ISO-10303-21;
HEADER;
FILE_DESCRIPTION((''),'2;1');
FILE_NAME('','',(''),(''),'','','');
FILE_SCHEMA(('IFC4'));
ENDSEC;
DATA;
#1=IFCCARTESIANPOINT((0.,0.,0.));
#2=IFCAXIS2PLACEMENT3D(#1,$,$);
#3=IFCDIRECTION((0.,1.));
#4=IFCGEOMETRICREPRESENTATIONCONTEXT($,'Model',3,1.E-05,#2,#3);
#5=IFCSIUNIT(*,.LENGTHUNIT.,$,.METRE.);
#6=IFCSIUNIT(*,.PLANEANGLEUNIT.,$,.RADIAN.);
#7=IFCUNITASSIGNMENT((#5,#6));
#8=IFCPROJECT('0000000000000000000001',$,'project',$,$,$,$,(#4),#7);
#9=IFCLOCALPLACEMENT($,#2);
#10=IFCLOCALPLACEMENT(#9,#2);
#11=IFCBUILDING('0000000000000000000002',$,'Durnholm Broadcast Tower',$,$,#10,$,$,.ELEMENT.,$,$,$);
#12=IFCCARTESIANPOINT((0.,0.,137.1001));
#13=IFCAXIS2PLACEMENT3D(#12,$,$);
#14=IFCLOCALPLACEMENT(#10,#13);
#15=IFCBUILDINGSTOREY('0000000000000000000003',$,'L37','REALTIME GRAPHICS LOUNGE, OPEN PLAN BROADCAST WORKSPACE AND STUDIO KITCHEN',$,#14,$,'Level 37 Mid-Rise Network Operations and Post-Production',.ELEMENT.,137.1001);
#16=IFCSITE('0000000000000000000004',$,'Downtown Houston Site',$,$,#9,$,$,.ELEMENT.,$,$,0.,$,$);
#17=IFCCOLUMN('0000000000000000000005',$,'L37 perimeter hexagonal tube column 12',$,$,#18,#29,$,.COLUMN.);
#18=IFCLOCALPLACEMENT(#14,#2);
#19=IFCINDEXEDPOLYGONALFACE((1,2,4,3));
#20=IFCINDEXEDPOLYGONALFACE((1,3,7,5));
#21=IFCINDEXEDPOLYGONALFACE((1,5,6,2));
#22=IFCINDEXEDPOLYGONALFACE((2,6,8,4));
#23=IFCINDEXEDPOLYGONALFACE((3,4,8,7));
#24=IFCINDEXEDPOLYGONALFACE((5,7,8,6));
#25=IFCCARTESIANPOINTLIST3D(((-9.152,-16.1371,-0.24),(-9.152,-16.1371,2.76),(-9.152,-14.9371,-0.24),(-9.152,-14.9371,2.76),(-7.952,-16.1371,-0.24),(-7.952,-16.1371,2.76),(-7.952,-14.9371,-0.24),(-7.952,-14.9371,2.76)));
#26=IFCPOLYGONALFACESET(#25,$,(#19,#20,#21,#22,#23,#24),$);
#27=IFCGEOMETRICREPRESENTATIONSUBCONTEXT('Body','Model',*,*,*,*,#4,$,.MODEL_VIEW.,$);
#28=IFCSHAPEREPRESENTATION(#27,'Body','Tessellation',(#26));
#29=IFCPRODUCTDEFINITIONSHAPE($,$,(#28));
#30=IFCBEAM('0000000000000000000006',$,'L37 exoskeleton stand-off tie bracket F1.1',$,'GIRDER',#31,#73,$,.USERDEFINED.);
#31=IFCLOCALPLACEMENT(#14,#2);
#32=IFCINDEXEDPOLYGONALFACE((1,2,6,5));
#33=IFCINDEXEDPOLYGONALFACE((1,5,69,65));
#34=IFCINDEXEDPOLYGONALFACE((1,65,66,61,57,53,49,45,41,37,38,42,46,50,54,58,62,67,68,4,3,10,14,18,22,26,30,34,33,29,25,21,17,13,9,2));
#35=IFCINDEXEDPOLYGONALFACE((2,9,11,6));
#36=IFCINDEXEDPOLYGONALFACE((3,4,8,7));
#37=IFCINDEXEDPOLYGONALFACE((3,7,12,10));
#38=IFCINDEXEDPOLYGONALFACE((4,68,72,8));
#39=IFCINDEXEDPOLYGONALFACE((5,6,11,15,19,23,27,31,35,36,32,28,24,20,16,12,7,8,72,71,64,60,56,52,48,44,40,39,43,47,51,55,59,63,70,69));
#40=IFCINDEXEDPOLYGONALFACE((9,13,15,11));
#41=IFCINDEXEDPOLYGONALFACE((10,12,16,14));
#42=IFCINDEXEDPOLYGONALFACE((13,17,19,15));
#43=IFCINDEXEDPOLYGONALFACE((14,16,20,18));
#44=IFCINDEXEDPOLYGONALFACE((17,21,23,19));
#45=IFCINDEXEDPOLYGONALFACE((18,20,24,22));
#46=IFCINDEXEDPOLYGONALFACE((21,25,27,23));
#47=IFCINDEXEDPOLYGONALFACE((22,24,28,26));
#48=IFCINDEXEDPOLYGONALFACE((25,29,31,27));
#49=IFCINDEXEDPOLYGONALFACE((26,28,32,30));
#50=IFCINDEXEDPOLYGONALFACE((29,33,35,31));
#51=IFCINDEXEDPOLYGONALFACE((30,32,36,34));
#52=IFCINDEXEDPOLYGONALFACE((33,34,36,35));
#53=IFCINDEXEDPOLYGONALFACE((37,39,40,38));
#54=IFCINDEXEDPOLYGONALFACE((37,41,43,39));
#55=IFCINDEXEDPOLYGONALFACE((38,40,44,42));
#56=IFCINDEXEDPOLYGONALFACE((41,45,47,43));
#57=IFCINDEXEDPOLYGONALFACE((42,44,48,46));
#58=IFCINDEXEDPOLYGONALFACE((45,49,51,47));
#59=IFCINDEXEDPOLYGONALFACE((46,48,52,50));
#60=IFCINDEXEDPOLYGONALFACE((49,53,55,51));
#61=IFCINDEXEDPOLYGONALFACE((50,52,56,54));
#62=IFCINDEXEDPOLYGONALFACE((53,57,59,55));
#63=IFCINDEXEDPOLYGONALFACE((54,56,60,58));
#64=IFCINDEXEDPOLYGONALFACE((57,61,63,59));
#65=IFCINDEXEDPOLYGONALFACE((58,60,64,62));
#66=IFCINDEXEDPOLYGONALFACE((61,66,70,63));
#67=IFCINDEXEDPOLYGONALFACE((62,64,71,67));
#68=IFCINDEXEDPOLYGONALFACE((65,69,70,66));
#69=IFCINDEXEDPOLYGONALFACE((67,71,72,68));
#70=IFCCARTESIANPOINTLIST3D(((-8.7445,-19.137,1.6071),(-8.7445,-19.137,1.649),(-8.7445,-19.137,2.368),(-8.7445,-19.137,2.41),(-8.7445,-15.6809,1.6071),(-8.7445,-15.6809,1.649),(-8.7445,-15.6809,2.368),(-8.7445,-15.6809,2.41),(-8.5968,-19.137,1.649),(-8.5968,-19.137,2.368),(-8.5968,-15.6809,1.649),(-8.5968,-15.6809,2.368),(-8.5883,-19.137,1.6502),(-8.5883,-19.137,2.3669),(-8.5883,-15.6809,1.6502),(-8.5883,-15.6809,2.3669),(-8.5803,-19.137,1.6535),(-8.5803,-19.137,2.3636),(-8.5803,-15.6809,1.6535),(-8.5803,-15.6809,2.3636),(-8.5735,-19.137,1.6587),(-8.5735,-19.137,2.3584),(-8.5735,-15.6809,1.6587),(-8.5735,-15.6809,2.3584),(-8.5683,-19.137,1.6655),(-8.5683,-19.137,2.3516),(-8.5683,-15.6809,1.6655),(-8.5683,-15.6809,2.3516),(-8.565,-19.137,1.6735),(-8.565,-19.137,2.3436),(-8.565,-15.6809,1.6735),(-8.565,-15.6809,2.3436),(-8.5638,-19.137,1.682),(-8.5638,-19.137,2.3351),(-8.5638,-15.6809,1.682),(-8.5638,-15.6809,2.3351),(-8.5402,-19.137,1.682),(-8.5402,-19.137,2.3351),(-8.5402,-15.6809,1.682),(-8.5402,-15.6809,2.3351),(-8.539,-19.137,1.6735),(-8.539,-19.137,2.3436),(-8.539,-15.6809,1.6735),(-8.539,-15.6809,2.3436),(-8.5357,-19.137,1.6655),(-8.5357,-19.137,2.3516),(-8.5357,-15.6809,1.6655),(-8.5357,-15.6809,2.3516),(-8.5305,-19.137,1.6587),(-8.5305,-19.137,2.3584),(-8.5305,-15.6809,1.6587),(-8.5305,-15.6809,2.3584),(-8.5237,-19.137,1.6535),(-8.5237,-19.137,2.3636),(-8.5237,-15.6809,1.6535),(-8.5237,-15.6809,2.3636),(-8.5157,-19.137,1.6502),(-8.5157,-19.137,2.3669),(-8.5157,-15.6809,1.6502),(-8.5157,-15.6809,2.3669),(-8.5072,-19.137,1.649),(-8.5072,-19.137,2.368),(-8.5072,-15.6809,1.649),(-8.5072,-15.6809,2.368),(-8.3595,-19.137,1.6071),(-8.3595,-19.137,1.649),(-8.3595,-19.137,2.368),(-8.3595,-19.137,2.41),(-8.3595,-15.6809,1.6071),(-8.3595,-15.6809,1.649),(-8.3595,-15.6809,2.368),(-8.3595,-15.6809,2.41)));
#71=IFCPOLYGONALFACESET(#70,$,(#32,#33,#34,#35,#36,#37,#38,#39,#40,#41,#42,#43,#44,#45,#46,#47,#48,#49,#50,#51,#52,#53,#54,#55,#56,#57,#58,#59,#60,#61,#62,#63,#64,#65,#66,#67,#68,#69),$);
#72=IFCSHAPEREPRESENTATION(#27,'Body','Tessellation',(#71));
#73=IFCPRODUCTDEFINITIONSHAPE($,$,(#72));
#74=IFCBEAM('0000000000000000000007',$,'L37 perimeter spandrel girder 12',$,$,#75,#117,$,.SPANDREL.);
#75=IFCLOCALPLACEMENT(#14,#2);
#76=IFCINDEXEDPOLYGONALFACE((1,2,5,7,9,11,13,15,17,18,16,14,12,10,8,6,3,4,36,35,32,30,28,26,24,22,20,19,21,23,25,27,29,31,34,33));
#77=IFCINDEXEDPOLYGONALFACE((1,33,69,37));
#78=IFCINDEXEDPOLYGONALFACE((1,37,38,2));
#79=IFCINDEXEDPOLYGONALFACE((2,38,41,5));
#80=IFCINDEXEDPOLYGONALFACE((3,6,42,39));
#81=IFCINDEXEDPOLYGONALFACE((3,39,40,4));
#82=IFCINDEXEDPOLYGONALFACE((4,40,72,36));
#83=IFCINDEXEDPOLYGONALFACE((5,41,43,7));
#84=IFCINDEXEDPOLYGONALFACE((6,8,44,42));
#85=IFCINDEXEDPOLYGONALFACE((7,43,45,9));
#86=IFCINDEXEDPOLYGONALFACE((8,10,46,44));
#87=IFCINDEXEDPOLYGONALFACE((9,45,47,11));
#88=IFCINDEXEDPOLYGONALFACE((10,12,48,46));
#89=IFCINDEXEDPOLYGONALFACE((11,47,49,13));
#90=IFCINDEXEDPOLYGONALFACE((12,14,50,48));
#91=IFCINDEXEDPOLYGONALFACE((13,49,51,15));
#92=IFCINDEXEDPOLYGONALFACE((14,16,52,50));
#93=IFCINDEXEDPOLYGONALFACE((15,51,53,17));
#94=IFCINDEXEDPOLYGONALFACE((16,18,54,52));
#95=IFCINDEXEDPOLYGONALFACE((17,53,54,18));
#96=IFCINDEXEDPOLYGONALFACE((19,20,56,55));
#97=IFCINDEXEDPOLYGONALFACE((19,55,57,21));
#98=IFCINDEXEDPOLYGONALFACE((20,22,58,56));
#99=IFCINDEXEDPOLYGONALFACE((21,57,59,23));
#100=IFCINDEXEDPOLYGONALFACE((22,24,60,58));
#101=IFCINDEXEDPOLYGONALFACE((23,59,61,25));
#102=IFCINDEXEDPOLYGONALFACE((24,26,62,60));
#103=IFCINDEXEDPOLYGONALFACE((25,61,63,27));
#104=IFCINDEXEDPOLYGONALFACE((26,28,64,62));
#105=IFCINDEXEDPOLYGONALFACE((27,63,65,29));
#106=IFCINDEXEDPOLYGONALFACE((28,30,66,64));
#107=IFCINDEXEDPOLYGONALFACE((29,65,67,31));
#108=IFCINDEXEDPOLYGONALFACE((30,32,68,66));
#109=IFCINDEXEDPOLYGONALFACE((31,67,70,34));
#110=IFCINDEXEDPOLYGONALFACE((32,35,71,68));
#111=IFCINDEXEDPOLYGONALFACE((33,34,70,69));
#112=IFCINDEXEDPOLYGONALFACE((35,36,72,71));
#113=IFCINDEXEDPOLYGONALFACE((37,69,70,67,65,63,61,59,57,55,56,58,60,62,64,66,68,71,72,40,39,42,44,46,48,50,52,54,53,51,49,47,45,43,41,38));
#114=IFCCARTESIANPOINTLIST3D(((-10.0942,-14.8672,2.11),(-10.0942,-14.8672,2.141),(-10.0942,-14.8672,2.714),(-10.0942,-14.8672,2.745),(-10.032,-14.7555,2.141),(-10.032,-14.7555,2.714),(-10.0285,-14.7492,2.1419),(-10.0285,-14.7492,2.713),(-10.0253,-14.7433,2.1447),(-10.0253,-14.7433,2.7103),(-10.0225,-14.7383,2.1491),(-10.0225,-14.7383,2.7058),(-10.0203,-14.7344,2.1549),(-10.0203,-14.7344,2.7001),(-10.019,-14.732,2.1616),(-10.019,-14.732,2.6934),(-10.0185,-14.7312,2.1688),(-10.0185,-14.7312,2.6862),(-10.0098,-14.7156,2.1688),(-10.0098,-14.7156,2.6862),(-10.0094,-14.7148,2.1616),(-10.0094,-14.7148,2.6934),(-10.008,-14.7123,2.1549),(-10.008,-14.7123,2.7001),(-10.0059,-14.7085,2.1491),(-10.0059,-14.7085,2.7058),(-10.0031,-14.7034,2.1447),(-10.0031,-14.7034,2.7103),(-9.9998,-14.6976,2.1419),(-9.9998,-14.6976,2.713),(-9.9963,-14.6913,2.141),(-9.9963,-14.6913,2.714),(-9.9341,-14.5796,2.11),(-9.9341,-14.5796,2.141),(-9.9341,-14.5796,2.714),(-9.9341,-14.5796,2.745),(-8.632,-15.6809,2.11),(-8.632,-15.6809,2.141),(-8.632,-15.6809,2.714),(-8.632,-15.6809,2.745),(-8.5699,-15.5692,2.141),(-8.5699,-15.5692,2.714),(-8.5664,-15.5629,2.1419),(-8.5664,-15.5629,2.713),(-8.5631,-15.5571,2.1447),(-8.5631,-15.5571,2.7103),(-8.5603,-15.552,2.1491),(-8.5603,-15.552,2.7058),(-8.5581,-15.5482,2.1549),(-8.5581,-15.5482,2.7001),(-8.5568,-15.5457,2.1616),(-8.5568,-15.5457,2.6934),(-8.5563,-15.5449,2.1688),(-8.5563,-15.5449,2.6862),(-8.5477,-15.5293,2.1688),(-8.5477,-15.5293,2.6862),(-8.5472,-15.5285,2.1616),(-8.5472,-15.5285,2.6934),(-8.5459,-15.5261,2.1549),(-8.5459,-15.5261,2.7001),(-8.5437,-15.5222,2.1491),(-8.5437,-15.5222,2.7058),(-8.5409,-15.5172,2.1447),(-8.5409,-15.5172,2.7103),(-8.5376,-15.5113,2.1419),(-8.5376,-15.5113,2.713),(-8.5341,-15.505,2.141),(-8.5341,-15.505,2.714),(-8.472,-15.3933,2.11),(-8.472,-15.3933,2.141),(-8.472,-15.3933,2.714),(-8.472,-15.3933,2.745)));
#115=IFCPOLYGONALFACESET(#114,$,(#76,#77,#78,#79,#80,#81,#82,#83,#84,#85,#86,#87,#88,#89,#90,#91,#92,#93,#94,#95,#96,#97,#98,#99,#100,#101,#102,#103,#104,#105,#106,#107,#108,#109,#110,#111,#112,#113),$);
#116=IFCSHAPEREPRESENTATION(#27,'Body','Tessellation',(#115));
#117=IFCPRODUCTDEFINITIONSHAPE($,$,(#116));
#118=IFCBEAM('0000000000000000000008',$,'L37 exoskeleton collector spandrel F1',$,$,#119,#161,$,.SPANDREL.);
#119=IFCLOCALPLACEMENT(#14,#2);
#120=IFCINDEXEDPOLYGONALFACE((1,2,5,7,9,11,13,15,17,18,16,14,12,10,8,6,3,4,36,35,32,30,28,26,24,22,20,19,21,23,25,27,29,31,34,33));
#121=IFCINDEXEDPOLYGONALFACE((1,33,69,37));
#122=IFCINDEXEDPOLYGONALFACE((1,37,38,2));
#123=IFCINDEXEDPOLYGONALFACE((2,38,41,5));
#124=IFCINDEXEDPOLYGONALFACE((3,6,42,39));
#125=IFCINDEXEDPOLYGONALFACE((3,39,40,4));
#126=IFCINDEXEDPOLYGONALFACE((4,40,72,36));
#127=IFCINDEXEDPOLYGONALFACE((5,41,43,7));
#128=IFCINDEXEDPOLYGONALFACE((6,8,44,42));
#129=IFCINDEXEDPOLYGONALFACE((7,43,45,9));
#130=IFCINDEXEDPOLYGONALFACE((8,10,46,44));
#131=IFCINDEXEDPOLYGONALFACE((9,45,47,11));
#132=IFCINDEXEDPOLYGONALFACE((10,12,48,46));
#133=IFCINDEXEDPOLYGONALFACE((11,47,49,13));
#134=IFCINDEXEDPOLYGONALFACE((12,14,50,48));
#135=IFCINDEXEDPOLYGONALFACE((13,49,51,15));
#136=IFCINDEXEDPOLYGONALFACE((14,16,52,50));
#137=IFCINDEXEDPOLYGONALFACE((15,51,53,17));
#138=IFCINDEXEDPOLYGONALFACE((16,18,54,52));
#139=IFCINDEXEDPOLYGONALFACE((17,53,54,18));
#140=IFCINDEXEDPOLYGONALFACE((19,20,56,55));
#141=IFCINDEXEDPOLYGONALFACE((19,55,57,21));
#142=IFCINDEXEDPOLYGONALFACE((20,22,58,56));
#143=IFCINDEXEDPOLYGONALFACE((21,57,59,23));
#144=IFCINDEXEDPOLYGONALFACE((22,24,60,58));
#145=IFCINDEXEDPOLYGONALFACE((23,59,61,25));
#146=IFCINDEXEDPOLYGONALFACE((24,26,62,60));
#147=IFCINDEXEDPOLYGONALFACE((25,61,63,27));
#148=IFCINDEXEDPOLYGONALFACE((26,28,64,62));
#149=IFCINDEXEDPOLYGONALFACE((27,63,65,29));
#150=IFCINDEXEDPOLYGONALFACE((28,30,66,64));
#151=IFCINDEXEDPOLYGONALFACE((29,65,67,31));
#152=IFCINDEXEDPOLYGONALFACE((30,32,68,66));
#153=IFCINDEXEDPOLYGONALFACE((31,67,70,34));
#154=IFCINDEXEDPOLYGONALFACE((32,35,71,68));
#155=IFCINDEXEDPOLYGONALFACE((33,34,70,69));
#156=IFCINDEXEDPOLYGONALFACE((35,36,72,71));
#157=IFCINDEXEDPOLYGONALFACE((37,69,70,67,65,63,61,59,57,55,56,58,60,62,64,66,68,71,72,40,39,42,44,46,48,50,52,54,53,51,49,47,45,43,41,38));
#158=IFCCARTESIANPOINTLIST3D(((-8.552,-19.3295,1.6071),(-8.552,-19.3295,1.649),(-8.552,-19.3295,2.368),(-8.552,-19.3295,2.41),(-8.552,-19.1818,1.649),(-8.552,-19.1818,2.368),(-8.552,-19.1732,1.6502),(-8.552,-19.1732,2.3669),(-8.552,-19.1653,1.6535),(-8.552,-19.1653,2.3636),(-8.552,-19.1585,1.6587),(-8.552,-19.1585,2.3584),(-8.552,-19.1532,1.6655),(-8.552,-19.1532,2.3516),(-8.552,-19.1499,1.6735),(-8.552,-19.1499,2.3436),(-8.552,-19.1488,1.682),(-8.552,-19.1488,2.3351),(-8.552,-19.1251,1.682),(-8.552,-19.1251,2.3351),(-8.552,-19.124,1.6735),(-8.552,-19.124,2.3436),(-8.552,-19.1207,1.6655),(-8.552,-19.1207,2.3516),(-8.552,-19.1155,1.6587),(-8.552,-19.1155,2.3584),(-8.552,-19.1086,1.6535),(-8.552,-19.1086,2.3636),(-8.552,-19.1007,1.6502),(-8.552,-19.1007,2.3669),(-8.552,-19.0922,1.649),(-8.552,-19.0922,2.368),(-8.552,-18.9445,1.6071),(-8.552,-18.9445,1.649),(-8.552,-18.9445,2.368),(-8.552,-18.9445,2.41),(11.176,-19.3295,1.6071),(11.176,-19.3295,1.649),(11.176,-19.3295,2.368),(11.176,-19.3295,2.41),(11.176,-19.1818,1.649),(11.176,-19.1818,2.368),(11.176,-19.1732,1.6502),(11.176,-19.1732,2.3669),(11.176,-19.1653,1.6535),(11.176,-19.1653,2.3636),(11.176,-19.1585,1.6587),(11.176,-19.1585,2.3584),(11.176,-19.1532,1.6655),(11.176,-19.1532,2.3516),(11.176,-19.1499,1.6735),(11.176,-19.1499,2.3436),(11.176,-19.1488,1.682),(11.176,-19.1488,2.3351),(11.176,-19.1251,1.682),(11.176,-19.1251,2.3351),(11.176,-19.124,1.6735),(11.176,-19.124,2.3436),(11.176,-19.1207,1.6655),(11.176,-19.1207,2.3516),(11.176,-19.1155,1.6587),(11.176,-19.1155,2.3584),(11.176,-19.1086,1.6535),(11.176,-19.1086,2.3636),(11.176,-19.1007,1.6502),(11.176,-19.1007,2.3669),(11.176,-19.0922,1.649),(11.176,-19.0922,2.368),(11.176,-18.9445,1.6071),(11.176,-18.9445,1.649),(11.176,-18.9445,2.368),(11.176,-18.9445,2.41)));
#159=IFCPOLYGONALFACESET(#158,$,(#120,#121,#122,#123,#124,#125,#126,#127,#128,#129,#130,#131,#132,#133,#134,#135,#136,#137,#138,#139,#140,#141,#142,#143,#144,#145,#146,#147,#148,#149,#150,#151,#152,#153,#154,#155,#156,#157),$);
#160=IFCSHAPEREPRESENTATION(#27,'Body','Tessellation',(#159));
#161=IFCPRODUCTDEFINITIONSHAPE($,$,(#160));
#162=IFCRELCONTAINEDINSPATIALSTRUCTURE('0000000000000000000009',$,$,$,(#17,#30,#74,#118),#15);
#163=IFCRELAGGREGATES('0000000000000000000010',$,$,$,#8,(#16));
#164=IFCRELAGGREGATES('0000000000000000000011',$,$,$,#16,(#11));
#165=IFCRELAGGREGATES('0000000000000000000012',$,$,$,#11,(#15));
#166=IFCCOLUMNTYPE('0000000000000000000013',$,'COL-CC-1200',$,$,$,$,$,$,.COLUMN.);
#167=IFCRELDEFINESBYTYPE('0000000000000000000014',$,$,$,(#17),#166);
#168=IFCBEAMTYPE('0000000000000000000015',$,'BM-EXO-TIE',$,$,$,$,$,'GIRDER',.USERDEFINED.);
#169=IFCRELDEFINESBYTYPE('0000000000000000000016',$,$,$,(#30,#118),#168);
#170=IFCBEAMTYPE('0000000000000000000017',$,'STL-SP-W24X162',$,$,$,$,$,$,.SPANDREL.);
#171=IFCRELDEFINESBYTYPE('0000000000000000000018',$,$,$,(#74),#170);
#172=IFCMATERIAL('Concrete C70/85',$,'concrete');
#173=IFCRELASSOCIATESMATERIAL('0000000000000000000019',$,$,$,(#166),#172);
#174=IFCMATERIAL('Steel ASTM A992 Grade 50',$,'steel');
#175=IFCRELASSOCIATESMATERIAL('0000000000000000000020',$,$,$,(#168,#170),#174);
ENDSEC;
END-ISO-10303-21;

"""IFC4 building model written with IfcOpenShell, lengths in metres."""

from ifc_helpers import new_model, si_unit, direction, frame, origin, origin_2d, place, context, subcontext, project, spatial, rectangle, i_section, extrude, source, transform, mapped, material, material_profile, profile_set, type_object, type_shapes, element, save


model = new_model("IFC4")

# Units and contexts
model_context = context("Model", 3, precision=1e-05, world=origin(), true_north=direction((0.0, 1.0)))
body_context = subcontext(model_context, "Body", "Model", "MODEL_VIEW")
ifc_project = project(units=[si_unit("LENGTHUNIT", "METRE"), si_unit("PLANEANGLEUNIT", "RADIAN")], contexts=[model_context])

# Site, building, storey
site_placement = place(None, origin())
site = spatial("IfcSite", under=ifc_project, at=site_placement, Name="Downtown Houston Site", CompositionType="ELEMENT", RefElevation=0.0)
building_placement = place(site_placement, origin())
building = spatial("IfcBuilding", under=site, at=building_placement, Name="Durnholm Broadcast Tower", CompositionType="ELEMENT")
storey_placement = place(building_placement, frame((0.0, 0.0, 137.1001)))
storey = spatial("IfcBuildingStorey", under=building, at=storey_placement, Name="L37", Description="REALTIME GRAPHICS LOUNGE, OPEN PLAN BROADCAST WORKSPACE AND STUDIO KITCHEN", LongName="Level 37 Mid-Rise Network Operations and Post-Production", CompositionType="ELEMENT", Elevation=137.1001)

# Column
ifc_material_1 = material(Name="Concrete C70/85", Category="concrete")
ifc_material_profile_1 = material_profile(ifc_material_1, rectangle(XDim=1.2, YDim=1.2, at=origin_2d()), Name="RC1200X1200")
ifc_profile_set_1 = profile_set([ifc_material_profile_1], Name="Concrete C70/85")
column_type = type_object("IfcColumnType", Name="COL-CC-1200", PredefinedType="COLUMN", material=ifc_profile_set_1)
shared_shape_1 = source(origin(), body_context, "Body", "SweptSolid", [
    extrude(rectangle(XDim=1.2, YDim=1.2, at=origin_2d()), origin(), (0.0, 0.0, 1.0), 3.0),
])
type_shapes(column_type, [shared_shape_1])
column_placement = place(storey_placement, frame((-8.552, -15.5371, -0.24), z_axis=(0.0, 0.0, 1.0), x_axis=(1.0, 0.0, 0.0)))
element("IfcColumn", 1, at=column_placement, inside=storey, type_object=column_type, Name="L37 perimeter hexagonal tube column 12", PredefinedType="COLUMN", context=body_context, shape_type="MappedRepresentation", body=[
    mapped(shared_shape_1, transform((0.0, 0.0, 0.0), x_axis=(1.0, 0.0, 0.0), y_axis=(0.0, 1.0, 0.0), z_axis=(0.0, 0.0, 1.0), scale=1.0)),
])

# Beams
ifc_material_2 = material(Name="Steel ASTM A992 Grade 50", Category="steel")
ifc_material_profile_2 = material_profile(ifc_material_2, i_section(OverallWidth=0.385, OverallDepth=0.803, WebThickness=0.0237, FlangeThickness=0.042, FilletRadius=0.033, at=origin_2d()), Name="W30X261")
ifc_profile_set_2 = profile_set([ifc_material_profile_2], Name="Steel ASTM A992 Grade 50")
beam_type_1 = type_object("IfcBeamType", Name="BM-EXO-TIE", ElementType="GIRDER", PredefinedType="USERDEFINED", material=ifc_profile_set_2)
shared_shape_2 = source(origin(), body_context, "Body", "SweptSolid", [
    extrude(i_section(OverallWidth=0.385, OverallDepth=0.803, WebThickness=0.0237, FlangeThickness=0.042, FilletRadius=0.033, at=origin_2d()), origin(), (0.0, 0.0, 1.0), 3.4561),
])
beam_1_placement = place(storey_placement, frame((-8.552, -15.6809, 2.0085), z_axis=(0.0, -1.0, 0.0), x_axis=(1.0, 0.0, 0.0)))
element("IfcBeam", 2, at=beam_1_placement, inside=storey, type_object=beam_type_1, Name="L37 exoskeleton stand-off tie bracket F1.1", ObjectType="GIRDER", PredefinedType="USERDEFINED", context=body_context, shape_type="MappedRepresentation", body=[
    mapped(shared_shape_2, transform((0.0, 0.0, 0.0), x_axis=(1.0, 0.0, 0.0), y_axis=(0.0, 1.0, 0.0), z_axis=(0.0, 0.0, 1.0), scale=1.0)),
])
ifc_material_profile_3 = material_profile(ifc_material_2, i_section(OverallWidth=0.3291, OverallDepth=0.635, WebThickness=0.0178, FlangeThickness=0.031, FilletRadius=0.0278, at=origin_2d()), Name="W24X162")
ifc_profile_set_3 = profile_set([ifc_material_profile_3], Name="Steel ASTM A992 Grade 50")
beam_type_2 = type_object("IfcBeamType", Name="STL-SP-W24X162", PredefinedType="SPANDREL", material=ifc_profile_set_3)
shared_shape_3 = source(origin(), body_context, "Body", "SweptSolid", [
    extrude(i_section(OverallWidth=0.3291, OverallDepth=0.635, WebThickness=0.0178, FlangeThickness=0.031, FilletRadius=0.0278, at=origin_2d()), origin(), (0.0, 0.0, 1.0), 1.6733),
])
type_shapes(beam_type_2, [shared_shape_3])
beam_2_placement = place(storey_placement, frame((-8.552, -15.5371, 2.4275), z_axis=(-0.873799, 0.486287, 0.0), x_axis=(-0.486287, -0.873799, 0.0)))
element("IfcBeam", 3, at=beam_2_placement, inside=storey, type_object=beam_type_2, Name="L37 perimeter spandrel girder 12", PredefinedType="SPANDREL", context=body_context, shape_type="MappedRepresentation", body=[
    mapped(shared_shape_3, transform((0.0, 0.0, 0.0), x_axis=(1.0, 0.0, 0.0), y_axis=(0.0, 1.0, 0.0), z_axis=(0.0, 0.0, 1.0), scale=1.0)),
])
shared_shape_4 = source(origin(), body_context, "Body", "SweptSolid", [
    extrude(i_section(OverallWidth=0.385, OverallDepth=0.803, WebThickness=0.0237, FlangeThickness=0.042, FilletRadius=0.033, at=origin_2d()), origin(), (0.0, 0.0, 1.0), 19.728),
])
type_shapes(beam_type_1, [shared_shape_2, shared_shape_4])
beam_3_placement = place(storey_placement, frame((-8.552, -19.137, 2.0085), z_axis=(1.0, 0.0, 0.0), x_axis=(0.0, 1.0, 0.0)))
element("IfcBeam", 4, at=beam_3_placement, inside=storey, type_object=beam_type_1, Name="L37 exoskeleton collector spandrel F1", PredefinedType="SPANDREL", context=body_context, shape_type="MappedRepresentation", body=[
    mapped(shared_shape_4, transform((0.0, 0.0, 0.0), x_axis=(1.0, 0.0, 0.0), y_axis=(0.0, 1.0, 0.0), z_axis=(0.0, 0.0, 1.0), scale=1.0)),
])

save(model, "model.ifc")
